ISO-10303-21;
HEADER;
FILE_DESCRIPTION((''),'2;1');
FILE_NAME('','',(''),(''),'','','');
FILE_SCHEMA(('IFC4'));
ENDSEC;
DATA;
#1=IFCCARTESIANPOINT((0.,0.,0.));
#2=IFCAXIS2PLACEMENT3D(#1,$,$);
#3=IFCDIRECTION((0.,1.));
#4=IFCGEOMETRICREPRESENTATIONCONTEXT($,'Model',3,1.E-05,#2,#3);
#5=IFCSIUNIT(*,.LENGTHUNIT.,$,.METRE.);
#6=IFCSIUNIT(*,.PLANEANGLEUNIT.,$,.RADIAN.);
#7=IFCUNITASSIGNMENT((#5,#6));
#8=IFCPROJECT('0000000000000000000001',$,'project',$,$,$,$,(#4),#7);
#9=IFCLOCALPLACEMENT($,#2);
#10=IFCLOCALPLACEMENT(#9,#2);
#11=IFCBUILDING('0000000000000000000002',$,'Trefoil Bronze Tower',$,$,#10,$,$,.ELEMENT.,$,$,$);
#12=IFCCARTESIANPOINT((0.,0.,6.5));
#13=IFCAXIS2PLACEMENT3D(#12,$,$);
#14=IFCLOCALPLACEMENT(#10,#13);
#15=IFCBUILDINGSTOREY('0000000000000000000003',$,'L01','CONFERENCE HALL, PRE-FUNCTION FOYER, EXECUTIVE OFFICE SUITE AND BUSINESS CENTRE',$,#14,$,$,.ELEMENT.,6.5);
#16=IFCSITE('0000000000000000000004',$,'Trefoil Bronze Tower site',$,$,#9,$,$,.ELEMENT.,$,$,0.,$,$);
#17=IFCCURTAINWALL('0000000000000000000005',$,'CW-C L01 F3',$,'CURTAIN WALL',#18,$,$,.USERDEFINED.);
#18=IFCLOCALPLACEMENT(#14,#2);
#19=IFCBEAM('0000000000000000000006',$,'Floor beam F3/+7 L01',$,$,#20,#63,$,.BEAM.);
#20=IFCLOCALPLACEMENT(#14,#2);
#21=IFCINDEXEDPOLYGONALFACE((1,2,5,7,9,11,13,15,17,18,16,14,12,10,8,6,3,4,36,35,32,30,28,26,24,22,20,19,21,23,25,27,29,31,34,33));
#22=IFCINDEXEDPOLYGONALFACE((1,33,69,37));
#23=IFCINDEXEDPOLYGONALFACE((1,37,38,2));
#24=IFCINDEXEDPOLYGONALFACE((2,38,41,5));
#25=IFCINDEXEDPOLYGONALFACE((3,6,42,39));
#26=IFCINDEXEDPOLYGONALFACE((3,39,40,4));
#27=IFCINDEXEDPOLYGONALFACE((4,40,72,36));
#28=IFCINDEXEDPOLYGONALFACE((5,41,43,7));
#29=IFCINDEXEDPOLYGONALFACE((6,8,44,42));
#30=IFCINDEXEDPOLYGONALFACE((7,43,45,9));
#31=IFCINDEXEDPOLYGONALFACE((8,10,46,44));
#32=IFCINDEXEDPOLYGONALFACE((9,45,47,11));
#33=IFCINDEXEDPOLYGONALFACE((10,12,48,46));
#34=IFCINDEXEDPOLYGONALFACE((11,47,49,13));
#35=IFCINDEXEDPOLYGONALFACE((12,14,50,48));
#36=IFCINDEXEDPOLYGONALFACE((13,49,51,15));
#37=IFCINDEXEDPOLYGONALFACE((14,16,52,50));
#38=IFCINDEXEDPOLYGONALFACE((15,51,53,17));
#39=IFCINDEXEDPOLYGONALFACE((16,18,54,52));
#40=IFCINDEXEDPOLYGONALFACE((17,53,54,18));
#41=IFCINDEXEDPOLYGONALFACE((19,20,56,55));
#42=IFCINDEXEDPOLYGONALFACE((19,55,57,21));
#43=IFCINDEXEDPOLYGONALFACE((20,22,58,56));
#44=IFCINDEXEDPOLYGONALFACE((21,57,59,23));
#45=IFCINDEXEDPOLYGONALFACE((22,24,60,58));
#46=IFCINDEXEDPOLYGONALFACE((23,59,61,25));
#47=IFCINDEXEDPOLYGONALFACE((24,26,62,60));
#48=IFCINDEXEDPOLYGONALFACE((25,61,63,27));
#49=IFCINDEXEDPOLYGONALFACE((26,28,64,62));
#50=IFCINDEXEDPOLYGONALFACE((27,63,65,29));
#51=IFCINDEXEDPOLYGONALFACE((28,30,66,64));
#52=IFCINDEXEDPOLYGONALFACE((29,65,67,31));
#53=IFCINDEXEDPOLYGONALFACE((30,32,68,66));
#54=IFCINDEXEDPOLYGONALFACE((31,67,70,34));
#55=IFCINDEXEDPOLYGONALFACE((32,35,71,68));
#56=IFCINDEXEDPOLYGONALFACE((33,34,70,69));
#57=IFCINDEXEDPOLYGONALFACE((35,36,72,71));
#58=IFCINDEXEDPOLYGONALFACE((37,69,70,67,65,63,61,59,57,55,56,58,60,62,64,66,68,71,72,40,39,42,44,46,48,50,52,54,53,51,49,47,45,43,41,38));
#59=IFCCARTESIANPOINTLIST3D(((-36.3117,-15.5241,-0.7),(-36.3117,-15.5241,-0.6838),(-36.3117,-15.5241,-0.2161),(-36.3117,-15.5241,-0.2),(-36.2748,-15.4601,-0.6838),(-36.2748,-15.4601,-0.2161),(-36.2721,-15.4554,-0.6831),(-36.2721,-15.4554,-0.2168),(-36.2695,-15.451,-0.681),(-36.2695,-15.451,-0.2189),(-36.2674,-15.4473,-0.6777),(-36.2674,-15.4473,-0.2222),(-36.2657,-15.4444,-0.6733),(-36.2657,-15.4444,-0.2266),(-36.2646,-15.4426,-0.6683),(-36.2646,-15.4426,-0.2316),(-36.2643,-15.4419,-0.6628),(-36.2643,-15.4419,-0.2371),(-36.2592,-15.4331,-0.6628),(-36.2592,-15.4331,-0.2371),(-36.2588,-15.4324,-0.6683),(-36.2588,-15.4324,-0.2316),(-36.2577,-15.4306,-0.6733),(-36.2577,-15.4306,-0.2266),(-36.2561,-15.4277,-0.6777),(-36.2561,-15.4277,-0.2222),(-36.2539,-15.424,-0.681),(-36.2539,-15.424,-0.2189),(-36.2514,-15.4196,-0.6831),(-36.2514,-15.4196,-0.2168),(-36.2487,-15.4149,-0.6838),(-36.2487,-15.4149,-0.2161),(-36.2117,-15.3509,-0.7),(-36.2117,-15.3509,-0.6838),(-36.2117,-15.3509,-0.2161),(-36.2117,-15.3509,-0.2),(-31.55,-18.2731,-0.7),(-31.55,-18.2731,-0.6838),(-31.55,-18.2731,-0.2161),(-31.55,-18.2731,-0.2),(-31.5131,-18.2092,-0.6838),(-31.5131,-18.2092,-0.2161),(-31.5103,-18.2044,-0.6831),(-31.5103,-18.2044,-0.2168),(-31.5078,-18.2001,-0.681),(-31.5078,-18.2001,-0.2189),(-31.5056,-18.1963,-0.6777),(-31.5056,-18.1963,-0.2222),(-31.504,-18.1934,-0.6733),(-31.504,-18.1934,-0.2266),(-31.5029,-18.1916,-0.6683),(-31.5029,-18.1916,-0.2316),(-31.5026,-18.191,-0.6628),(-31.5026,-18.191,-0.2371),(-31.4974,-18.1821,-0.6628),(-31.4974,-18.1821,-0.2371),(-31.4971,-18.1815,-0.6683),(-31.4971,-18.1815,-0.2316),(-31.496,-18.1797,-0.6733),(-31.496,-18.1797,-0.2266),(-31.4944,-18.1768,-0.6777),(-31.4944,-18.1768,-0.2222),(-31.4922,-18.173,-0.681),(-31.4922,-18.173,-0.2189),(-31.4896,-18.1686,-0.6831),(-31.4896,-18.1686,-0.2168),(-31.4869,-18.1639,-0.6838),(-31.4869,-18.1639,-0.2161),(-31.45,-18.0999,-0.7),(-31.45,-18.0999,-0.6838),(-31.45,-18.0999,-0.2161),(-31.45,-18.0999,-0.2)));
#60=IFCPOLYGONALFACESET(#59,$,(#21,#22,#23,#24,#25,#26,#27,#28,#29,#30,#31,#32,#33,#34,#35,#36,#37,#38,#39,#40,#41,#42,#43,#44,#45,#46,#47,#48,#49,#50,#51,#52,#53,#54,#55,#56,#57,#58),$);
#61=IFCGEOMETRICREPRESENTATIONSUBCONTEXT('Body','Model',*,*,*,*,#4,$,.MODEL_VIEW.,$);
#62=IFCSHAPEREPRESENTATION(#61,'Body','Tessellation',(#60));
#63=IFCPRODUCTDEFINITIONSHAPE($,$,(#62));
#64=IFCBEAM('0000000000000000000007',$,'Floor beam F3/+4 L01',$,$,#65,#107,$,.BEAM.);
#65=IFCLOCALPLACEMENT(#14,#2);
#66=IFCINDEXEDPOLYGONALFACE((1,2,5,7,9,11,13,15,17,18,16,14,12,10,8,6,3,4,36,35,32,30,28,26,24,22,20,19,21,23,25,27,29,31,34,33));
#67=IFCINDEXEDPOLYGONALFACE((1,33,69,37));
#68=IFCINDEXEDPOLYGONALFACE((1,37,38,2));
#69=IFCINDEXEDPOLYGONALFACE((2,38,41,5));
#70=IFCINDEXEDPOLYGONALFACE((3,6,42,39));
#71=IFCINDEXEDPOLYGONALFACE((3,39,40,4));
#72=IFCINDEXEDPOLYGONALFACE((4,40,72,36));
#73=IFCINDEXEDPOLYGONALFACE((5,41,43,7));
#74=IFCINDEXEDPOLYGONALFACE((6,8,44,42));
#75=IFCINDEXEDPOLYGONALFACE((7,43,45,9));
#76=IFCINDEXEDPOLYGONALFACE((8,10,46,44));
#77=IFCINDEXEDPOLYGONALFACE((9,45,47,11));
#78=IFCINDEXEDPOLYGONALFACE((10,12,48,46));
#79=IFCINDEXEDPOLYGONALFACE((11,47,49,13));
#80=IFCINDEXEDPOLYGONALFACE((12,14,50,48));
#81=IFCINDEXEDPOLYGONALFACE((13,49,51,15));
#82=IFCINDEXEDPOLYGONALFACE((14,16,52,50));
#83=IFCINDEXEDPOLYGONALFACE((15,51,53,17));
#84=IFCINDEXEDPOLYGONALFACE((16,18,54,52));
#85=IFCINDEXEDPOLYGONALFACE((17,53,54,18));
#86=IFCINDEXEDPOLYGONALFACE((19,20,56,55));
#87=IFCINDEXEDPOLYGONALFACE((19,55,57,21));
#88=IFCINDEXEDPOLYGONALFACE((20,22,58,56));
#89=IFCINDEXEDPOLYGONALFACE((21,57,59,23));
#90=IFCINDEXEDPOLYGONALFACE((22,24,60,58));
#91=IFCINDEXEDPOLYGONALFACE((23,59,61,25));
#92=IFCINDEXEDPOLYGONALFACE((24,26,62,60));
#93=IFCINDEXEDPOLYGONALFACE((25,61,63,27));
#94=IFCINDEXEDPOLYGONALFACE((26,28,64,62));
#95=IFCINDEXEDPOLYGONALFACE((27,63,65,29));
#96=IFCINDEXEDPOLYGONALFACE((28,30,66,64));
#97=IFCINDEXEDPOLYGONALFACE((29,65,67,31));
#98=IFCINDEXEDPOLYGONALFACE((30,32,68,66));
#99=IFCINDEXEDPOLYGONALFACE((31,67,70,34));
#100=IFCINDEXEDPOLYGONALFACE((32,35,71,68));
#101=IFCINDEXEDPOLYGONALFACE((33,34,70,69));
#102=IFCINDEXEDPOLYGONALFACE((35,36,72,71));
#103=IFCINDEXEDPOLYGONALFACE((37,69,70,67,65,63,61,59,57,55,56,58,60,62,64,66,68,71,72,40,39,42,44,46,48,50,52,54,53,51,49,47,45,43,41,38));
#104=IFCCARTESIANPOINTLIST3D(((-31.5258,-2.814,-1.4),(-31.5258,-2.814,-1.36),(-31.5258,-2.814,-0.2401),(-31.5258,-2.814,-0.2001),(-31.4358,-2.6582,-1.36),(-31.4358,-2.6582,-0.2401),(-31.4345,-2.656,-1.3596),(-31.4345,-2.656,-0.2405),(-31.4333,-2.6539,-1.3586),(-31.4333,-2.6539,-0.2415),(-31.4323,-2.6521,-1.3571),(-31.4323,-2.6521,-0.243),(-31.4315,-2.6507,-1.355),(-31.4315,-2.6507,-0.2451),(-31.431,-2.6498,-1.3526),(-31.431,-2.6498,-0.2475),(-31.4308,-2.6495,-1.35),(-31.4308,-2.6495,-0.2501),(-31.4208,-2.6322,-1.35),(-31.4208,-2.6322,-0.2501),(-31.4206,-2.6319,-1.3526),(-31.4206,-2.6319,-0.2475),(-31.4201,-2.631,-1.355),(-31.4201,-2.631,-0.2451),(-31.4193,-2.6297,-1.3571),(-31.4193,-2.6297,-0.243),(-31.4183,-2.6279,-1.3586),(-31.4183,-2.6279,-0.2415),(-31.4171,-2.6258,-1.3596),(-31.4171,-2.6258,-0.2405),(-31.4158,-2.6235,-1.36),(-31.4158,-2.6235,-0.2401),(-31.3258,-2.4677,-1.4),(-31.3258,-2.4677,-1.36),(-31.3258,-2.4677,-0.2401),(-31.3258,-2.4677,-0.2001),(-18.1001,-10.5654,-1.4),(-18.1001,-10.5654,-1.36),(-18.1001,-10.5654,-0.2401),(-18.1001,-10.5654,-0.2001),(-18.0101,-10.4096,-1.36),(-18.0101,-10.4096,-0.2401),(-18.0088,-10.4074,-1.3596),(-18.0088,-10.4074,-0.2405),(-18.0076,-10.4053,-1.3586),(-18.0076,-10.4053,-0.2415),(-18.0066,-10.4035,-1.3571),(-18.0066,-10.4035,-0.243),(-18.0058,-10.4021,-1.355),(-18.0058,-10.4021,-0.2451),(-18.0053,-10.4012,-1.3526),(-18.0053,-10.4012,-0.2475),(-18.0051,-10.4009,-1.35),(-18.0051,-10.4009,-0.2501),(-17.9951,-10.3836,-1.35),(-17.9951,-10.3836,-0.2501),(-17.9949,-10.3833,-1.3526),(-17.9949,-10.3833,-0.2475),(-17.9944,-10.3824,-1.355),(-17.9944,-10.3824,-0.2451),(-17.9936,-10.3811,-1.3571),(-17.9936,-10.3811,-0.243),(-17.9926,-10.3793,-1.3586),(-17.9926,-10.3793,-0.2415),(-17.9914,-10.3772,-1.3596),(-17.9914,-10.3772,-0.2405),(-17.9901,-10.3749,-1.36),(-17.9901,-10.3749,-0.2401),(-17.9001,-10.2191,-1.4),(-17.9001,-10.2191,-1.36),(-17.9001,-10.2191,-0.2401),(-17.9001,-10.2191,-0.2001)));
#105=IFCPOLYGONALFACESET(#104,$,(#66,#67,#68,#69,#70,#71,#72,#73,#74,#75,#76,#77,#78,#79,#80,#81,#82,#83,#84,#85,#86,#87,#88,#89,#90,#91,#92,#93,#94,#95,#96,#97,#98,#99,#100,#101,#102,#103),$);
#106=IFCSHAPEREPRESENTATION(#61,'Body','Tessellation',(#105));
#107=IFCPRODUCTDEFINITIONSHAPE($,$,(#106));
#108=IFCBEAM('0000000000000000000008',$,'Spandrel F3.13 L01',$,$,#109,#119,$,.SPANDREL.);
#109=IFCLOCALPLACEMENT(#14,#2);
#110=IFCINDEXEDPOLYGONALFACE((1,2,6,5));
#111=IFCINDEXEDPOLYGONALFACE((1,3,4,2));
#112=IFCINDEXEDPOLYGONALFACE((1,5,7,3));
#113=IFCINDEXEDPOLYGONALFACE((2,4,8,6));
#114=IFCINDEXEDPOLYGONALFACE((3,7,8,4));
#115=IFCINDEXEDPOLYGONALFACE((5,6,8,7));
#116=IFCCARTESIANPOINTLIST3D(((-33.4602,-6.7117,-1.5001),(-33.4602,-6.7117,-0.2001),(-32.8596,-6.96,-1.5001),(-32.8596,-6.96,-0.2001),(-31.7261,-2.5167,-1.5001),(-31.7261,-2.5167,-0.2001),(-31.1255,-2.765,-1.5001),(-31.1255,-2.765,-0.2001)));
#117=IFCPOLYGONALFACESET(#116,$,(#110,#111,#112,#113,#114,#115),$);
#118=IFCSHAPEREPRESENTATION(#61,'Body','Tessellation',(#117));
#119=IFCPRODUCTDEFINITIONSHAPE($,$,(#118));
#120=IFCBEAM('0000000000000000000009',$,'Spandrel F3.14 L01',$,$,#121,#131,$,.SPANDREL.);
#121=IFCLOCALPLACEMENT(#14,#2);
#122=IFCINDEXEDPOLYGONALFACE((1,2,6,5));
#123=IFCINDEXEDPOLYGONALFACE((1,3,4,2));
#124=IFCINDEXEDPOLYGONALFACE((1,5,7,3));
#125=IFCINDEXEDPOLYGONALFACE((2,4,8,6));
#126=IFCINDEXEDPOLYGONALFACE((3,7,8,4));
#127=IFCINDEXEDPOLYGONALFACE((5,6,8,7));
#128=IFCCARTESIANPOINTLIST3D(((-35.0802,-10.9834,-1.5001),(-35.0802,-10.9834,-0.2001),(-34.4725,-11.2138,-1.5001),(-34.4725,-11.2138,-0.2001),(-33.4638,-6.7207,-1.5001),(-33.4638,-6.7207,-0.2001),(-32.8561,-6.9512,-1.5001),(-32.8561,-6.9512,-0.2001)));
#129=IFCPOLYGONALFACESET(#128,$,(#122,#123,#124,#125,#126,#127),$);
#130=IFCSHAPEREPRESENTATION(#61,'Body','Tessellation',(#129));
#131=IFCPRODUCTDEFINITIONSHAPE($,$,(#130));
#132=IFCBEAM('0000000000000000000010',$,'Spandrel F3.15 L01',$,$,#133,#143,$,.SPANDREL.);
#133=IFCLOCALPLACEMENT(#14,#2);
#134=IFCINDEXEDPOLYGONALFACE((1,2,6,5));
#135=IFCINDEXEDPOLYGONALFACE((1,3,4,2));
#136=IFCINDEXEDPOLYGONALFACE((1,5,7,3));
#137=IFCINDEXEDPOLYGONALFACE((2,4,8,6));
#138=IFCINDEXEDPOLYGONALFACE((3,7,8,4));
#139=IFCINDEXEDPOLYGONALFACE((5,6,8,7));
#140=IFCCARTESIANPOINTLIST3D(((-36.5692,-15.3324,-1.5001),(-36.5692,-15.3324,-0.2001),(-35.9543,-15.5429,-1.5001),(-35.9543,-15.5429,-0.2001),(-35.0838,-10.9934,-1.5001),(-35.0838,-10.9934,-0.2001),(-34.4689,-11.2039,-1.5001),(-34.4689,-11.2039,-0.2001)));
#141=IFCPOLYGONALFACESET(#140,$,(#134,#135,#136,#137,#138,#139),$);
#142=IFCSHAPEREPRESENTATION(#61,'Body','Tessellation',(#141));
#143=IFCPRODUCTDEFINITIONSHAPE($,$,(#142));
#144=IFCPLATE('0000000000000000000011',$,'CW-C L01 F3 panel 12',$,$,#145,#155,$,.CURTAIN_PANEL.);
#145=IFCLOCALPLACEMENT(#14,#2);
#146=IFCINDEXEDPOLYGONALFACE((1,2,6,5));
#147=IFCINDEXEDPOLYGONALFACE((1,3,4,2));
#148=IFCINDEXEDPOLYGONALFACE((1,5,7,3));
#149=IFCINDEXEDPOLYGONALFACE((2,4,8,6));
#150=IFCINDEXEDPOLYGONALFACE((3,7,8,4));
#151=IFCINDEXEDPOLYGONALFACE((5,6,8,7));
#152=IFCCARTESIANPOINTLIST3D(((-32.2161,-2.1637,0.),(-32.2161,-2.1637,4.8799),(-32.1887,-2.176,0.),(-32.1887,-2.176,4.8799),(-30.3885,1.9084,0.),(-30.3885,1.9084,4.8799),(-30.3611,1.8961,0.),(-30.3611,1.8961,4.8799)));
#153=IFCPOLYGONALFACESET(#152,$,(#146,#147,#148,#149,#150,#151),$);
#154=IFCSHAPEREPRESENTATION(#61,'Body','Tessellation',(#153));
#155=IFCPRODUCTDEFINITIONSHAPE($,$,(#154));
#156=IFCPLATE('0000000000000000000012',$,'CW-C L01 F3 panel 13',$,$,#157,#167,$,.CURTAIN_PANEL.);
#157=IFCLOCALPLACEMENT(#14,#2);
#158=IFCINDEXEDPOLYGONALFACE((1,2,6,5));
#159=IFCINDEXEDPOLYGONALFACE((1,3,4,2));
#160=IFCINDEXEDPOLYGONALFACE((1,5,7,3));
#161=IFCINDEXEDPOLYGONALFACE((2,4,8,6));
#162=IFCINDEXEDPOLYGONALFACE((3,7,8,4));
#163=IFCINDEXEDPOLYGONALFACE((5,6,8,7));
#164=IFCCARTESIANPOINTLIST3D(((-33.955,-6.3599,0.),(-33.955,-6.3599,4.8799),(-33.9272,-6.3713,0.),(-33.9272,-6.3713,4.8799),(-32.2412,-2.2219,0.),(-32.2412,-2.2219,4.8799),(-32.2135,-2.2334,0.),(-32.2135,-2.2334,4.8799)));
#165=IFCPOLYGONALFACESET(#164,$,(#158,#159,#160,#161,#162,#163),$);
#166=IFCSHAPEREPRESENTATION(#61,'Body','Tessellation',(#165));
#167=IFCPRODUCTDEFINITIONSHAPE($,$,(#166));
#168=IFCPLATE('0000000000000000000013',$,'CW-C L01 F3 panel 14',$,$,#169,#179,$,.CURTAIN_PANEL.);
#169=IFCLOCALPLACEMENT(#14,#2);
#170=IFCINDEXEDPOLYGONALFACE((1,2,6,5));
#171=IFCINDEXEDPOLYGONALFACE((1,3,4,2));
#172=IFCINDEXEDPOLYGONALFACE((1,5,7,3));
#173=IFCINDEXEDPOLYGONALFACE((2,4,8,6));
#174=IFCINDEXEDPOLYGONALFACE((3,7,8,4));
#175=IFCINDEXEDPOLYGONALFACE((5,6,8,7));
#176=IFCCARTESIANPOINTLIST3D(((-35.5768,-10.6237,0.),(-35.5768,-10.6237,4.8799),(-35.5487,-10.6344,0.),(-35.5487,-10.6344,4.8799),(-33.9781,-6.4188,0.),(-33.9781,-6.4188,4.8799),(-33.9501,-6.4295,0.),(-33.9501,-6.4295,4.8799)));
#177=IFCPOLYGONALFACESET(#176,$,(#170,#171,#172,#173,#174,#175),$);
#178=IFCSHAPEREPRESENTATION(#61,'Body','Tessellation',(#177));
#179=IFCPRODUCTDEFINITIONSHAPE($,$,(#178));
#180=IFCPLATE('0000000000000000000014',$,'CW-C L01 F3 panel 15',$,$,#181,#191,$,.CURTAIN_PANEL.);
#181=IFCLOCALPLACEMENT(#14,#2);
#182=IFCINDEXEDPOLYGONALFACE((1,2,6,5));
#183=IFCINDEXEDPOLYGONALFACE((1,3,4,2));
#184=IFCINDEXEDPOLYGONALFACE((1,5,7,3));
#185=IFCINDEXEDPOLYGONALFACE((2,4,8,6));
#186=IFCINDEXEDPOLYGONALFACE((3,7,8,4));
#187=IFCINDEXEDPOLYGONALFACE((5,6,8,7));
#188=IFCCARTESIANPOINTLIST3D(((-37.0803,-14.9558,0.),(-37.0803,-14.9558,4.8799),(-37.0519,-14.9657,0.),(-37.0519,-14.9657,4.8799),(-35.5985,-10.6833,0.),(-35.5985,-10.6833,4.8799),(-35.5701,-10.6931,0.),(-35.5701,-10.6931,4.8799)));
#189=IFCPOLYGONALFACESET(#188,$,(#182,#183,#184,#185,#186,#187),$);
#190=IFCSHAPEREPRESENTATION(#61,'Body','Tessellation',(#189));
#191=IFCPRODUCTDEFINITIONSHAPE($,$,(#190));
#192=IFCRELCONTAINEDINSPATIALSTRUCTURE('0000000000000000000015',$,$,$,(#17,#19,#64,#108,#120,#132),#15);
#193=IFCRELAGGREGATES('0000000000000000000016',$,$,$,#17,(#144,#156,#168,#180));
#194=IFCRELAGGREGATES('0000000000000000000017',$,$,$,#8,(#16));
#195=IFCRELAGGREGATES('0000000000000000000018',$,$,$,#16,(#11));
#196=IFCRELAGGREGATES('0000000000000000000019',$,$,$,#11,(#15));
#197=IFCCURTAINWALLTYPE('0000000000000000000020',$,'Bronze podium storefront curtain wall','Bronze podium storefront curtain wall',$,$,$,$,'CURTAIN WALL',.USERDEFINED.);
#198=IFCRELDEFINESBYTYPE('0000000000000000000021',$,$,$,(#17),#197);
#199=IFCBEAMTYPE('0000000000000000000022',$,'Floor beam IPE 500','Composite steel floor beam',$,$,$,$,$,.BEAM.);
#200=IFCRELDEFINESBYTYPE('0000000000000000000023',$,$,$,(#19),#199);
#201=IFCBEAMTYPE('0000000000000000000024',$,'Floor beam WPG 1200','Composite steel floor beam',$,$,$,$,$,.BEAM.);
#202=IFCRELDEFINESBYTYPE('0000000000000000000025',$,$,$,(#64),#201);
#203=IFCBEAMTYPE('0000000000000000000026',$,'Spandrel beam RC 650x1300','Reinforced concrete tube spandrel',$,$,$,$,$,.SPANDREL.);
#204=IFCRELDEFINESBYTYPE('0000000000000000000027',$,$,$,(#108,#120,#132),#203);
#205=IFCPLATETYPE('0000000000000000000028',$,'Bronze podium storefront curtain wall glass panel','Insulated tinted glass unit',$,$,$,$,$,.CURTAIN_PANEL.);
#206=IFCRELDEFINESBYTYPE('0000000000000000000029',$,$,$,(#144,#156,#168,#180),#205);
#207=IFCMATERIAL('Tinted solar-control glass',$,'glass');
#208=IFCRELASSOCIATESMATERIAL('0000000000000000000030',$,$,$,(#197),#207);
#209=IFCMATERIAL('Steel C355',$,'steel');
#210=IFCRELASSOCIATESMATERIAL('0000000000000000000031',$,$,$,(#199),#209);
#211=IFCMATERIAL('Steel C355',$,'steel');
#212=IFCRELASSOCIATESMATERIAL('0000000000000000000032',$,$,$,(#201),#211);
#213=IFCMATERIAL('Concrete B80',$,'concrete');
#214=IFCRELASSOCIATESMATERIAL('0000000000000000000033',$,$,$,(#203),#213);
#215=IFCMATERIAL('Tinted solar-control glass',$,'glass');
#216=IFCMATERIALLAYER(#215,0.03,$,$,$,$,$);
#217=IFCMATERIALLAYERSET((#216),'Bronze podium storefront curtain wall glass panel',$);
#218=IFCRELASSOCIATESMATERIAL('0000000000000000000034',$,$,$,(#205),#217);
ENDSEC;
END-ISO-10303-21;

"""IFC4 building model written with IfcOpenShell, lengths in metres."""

from ifc_helpers import new_model, si_unit, direction, frame, origin, origin_2d, place, context, subcontext, project, spatial, rectangle, i_section, extrude, material, layer, layer_set, material_profile, profile_set, type_object, element, aggregate, save


model = new_model("IFC4")

# Units and contexts
model_context = context("Model", 3, precision=1e-05, world=origin(), true_north=direction((0.0, 1.0)))
body_context = subcontext(model_context, "Body", "Model", "MODEL_VIEW")
ifc_project = project(units=[si_unit("LENGTHUNIT", "METRE"), si_unit("PLANEANGLEUNIT", "RADIAN")], contexts=[model_context])

# Site, building, storey
site_placement = place(None, origin())
site = spatial("IfcSite", under=ifc_project, at=site_placement, Name="Trefoil Bronze Tower site", CompositionType="ELEMENT", RefElevation=0.0)
building_placement = place(site_placement, origin())
building = spatial("IfcBuilding", under=site, at=building_placement, Name="Trefoil Bronze Tower", CompositionType="ELEMENT")
storey_placement = place(building_placement, frame((0.0, 0.0, 6.5)))
storey = spatial("IfcBuildingStorey", under=building, at=storey_placement, Name="L01", Description="CONFERENCE HALL, PRE-FUNCTION FOYER, EXECUTIVE OFFICE SUITE AND BUSINESS CENTRE", CompositionType="ELEMENT", Elevation=6.5)

# Curtain wall
ifc_material_1 = material(Name="Tinted solar-control glass", Category="glass")
curtain_wall_type_1 = type_object("IfcCurtainWallType", Name="Bronze podium storefront curtain wall", Description="Bronze podium storefront curtain wall", ElementType="CURTAIN WALL", PredefinedType="USERDEFINED", material=ifc_material_1)
curtain_wall_1_placement = place(storey_placement, origin())
curtain_wall_1 = element("IfcCurtainWall", 1, at=curtain_wall_1_placement, inside=storey, type_object=curtain_wall_type_1, Name="CW-C L01 F3", ObjectType="CURTAIN WALL", PredefinedType="USERDEFINED")

# Beams
ifc_material_2 = material(Name="Steel C355", Category="steel")
ifc_material_profile_1 = material_profile(ifc_material_2, i_section(OverallWidth=0.2, OverallDepth=0.5, WebThickness=0.0103, FlangeThickness=0.0161, FilletRadius=0.021, at=origin_2d()), Name="IPE 500")
ifc_profile_set_1 = profile_set([ifc_material_profile_1], Name="Steel C355")
beam_type_1 = type_object("IfcBeamType", Name="Floor beam IPE 500", Description="Composite steel floor beam", PredefinedType="BEAM", material=ifc_profile_set_1)
beam_1_placement = place(storey_placement, frame((-36.2617, -15.4375, -0.45), z_axis=(0.866038, -0.499979, 0.0), x_axis=(0.499979, 0.866038, 0.0)))
element("IfcBeam", 2, at=beam_1_placement, inside=storey, type_object=beam_type_1, Name="Floor beam F3/+7 L01", PredefinedType="BEAM", context=body_context, shape_type="SweptSolid", body=[
    extrude(i_section(OverallWidth=0.2, OverallDepth=0.5, WebThickness=0.0103, FlangeThickness=0.0161, FilletRadius=0.021, at=origin_2d()), origin(), (0.0, 0.0, 1.0), 5.4983),
])
ifc_material_3 = material(Name="Steel C355", Category="steel")
ifc_material_profile_2 = material_profile(ifc_material_3, i_section(OverallWidth=0.3999, OverallDepth=1.2, WebThickness=0.02, FlangeThickness=0.04, FilletRadius=0.01, at=origin_2d()), Name="WPG 1200")
ifc_profile_set_2 = profile_set([ifc_material_profile_2], Name="Steel C355")
beam_type_2 = type_object("IfcBeamType", Name="Floor beam WPG 1200", Description="Composite steel floor beam", PredefinedType="BEAM", material=ifc_profile_set_2)
beam_2_placement = place(storey_placement, frame((-31.4258, -2.6409, -0.8), z_axis=(0.866023, -0.500004, 0.0), x_axis=(0.500004, 0.866023, 0.0)))
element("IfcBeam", 3, at=beam_2_placement, inside=storey, type_object=beam_type_2, Name="Floor beam F3/+4 L01", PredefinedType="BEAM", context=body_context, shape_type="SweptSolid", body=[
    extrude(i_section(OverallWidth=0.3999, OverallDepth=1.2, WebThickness=0.02, FlangeThickness=0.04, FilletRadius=0.01, at=origin_2d()), origin(), (0.0, 0.0, 1.0), 15.5027),
])
ifc_material_4 = material(Name="Concrete B80", Category="concrete")
ifc_material_profile_3 = material_profile(ifc_material_4, rectangle(XDim=0.6499, YDim=1.3, at=origin_2d()), Name="RC 650x1300")
ifc_profile_set_3 = profile_set([ifc_material_profile_3], Name="Concrete B80")
beam_type_3 = type_object("IfcBeamType", Name="Spandrel beam RC 650x1300", Description="Reinforced concrete tube spandrel", PredefinedType="SPANDREL", material=ifc_profile_set_3)
beam_3_placement = place(storey_placement, frame((-31.4258, -2.6409, -0.8501), z_axis=(-0.382021, -0.924154, 0.0), x_axis=(0.924154, -0.382021, 0.0)))
element("IfcBeam", 4, at=beam_3_placement, inside=storey, type_object=beam_type_3, Name="Spandrel F3.13 L01", PredefinedType="SPANDREL", context=body_context, shape_type="SweptSolid", body=[
    extrude(rectangle(XDim=0.6499, YDim=1.3, at=origin_2d()), origin(), (0.0, 0.0, 1.0), 4.5393),
])
beam_4_placement = place(storey_placement, frame((-33.1599, -6.8359, -0.8501), z_axis=(-0.354572, -0.935029, 0.0), x_axis=(0.935029, -0.354572, 0.0)))
element("IfcBeam", 5, at=beam_4_placement, inside=storey, type_object=beam_type_3, Name="Spandrel F3.14 L01", PredefinedType="SPANDREL", context=body_context, shape_type="SweptSolid", body=[
    extrude(rectangle(XDim=0.6499, YDim=1.3, at=origin_2d()), origin(), (0.0, 0.0, 1.0), 4.5588),
])
beam_5_placement = place(storey_placement, frame((-34.7764, -11.0986, -0.8501), z_axis=(-0.323883, -0.946097, 0.0), x_axis=(0.946097, -0.323883, 0.0)))
element("IfcBeam", 6, at=beam_5_placement, inside=storey, type_object=beam_type_3, Name="Spandrel F3.15 L01", PredefinedType="SPANDREL", context=body_context, shape_type="SweptSolid", body=[
    extrude(rectangle(XDim=0.6499, YDim=1.3, at=origin_2d()), origin(), (0.0, 0.0, 1.0), 4.5862),
])

# Plates
ifc_material_5 = material(Name="Tinted solar-control glass", Category="glass")
ifc_layer_1 = layer(ifc_material_5, 0.03)
ifc_layer_set_1 = layer_set([ifc_layer_1], Name="Bronze podium storefront curtain wall glass panel")
plate_type_1 = type_object("IfcPlateType", Name="Bronze podium storefront curtain wall glass panel", Description="Insulated tinted glass unit", PredefinedType="CURTAIN_PANEL", material=ifc_layer_set_1)
plate_1_placement = place(storey_placement, frame((-31.2886, -0.1338, 0.0), z_axis=(0.0, 0.0, 1.0), x_axis=(-0.409456, -0.91233, 0.0)))
plate_1 = element("IfcPlate", 7, at=plate_1_placement, type_object=plate_type_1, Name="CW-C L01 F3 panel 12", PredefinedType="CURTAIN_PANEL", context=body_context, shape_type="SweptSolid", body=[
    extrude(rectangle(XDim=4.4634, YDim=0.03, at=origin_2d()), origin(), (0.0, 0.0, 1.0), 4.8799),
])
plate_2_placement = place(storey_placement, frame((-33.0842, -4.2966, 0.0), z_axis=(0.0, 0.0, 1.0), x_axis=(-0.38263, -0.923902, 0.0)))
plate_2 = element("IfcPlate", 8, at=plate_2_placement, type_object=plate_type_1, Name="CW-C L01 F3 panel 13", PredefinedType="CURTAIN_PANEL", context=body_context, shape_type="SweptSolid", body=[
    extrude(rectangle(XDim=4.4788, YDim=0.03, at=origin_2d()), origin(), (0.0, 0.0, 1.0), 4.8799),
])
plate_3_placement = place(storey_placement, frame((-34.7634, -8.5266, 0.0), z_axis=(0.0, 0.0, 1.0), x_axis=(-0.355371, -0.934725, 0.0)))
plate_3 = element("IfcPlate", 9, at=plate_3_placement, type_object=plate_type_1, Name="CW-C L01 F3 panel 14", PredefinedType="CURTAIN_PANEL", context=body_context, shape_type="SweptSolid", body=[
    extrude(rectangle(XDim=4.4985, YDim=0.03, at=origin_2d()), origin(), (0.0, 0.0, 1.0), 4.8799),
])
plate_4_placement = place(storey_placement, frame((-36.3252, -12.8245, 0.0), z_axis=(0.0, 0.0, 1.0), x_axis=(-0.327674, -0.944791, 0.0)))
plate_4 = element("IfcPlate", 10, at=plate_4_placement, type_object=plate_type_1, Name="CW-C L01 F3 panel 15", PredefinedType="CURTAIN_PANEL", context=body_context, shape_type="SweptSolid", body=[
    extrude(rectangle(XDim=4.5222, YDim=0.03, at=origin_2d()), origin(), (0.0, 0.0, 1.0), 4.8799),
])
aggregate(curtain_wall_1, [plate_1, plate_2, plate_3, plate_4])

save(model, "model.ifc")
